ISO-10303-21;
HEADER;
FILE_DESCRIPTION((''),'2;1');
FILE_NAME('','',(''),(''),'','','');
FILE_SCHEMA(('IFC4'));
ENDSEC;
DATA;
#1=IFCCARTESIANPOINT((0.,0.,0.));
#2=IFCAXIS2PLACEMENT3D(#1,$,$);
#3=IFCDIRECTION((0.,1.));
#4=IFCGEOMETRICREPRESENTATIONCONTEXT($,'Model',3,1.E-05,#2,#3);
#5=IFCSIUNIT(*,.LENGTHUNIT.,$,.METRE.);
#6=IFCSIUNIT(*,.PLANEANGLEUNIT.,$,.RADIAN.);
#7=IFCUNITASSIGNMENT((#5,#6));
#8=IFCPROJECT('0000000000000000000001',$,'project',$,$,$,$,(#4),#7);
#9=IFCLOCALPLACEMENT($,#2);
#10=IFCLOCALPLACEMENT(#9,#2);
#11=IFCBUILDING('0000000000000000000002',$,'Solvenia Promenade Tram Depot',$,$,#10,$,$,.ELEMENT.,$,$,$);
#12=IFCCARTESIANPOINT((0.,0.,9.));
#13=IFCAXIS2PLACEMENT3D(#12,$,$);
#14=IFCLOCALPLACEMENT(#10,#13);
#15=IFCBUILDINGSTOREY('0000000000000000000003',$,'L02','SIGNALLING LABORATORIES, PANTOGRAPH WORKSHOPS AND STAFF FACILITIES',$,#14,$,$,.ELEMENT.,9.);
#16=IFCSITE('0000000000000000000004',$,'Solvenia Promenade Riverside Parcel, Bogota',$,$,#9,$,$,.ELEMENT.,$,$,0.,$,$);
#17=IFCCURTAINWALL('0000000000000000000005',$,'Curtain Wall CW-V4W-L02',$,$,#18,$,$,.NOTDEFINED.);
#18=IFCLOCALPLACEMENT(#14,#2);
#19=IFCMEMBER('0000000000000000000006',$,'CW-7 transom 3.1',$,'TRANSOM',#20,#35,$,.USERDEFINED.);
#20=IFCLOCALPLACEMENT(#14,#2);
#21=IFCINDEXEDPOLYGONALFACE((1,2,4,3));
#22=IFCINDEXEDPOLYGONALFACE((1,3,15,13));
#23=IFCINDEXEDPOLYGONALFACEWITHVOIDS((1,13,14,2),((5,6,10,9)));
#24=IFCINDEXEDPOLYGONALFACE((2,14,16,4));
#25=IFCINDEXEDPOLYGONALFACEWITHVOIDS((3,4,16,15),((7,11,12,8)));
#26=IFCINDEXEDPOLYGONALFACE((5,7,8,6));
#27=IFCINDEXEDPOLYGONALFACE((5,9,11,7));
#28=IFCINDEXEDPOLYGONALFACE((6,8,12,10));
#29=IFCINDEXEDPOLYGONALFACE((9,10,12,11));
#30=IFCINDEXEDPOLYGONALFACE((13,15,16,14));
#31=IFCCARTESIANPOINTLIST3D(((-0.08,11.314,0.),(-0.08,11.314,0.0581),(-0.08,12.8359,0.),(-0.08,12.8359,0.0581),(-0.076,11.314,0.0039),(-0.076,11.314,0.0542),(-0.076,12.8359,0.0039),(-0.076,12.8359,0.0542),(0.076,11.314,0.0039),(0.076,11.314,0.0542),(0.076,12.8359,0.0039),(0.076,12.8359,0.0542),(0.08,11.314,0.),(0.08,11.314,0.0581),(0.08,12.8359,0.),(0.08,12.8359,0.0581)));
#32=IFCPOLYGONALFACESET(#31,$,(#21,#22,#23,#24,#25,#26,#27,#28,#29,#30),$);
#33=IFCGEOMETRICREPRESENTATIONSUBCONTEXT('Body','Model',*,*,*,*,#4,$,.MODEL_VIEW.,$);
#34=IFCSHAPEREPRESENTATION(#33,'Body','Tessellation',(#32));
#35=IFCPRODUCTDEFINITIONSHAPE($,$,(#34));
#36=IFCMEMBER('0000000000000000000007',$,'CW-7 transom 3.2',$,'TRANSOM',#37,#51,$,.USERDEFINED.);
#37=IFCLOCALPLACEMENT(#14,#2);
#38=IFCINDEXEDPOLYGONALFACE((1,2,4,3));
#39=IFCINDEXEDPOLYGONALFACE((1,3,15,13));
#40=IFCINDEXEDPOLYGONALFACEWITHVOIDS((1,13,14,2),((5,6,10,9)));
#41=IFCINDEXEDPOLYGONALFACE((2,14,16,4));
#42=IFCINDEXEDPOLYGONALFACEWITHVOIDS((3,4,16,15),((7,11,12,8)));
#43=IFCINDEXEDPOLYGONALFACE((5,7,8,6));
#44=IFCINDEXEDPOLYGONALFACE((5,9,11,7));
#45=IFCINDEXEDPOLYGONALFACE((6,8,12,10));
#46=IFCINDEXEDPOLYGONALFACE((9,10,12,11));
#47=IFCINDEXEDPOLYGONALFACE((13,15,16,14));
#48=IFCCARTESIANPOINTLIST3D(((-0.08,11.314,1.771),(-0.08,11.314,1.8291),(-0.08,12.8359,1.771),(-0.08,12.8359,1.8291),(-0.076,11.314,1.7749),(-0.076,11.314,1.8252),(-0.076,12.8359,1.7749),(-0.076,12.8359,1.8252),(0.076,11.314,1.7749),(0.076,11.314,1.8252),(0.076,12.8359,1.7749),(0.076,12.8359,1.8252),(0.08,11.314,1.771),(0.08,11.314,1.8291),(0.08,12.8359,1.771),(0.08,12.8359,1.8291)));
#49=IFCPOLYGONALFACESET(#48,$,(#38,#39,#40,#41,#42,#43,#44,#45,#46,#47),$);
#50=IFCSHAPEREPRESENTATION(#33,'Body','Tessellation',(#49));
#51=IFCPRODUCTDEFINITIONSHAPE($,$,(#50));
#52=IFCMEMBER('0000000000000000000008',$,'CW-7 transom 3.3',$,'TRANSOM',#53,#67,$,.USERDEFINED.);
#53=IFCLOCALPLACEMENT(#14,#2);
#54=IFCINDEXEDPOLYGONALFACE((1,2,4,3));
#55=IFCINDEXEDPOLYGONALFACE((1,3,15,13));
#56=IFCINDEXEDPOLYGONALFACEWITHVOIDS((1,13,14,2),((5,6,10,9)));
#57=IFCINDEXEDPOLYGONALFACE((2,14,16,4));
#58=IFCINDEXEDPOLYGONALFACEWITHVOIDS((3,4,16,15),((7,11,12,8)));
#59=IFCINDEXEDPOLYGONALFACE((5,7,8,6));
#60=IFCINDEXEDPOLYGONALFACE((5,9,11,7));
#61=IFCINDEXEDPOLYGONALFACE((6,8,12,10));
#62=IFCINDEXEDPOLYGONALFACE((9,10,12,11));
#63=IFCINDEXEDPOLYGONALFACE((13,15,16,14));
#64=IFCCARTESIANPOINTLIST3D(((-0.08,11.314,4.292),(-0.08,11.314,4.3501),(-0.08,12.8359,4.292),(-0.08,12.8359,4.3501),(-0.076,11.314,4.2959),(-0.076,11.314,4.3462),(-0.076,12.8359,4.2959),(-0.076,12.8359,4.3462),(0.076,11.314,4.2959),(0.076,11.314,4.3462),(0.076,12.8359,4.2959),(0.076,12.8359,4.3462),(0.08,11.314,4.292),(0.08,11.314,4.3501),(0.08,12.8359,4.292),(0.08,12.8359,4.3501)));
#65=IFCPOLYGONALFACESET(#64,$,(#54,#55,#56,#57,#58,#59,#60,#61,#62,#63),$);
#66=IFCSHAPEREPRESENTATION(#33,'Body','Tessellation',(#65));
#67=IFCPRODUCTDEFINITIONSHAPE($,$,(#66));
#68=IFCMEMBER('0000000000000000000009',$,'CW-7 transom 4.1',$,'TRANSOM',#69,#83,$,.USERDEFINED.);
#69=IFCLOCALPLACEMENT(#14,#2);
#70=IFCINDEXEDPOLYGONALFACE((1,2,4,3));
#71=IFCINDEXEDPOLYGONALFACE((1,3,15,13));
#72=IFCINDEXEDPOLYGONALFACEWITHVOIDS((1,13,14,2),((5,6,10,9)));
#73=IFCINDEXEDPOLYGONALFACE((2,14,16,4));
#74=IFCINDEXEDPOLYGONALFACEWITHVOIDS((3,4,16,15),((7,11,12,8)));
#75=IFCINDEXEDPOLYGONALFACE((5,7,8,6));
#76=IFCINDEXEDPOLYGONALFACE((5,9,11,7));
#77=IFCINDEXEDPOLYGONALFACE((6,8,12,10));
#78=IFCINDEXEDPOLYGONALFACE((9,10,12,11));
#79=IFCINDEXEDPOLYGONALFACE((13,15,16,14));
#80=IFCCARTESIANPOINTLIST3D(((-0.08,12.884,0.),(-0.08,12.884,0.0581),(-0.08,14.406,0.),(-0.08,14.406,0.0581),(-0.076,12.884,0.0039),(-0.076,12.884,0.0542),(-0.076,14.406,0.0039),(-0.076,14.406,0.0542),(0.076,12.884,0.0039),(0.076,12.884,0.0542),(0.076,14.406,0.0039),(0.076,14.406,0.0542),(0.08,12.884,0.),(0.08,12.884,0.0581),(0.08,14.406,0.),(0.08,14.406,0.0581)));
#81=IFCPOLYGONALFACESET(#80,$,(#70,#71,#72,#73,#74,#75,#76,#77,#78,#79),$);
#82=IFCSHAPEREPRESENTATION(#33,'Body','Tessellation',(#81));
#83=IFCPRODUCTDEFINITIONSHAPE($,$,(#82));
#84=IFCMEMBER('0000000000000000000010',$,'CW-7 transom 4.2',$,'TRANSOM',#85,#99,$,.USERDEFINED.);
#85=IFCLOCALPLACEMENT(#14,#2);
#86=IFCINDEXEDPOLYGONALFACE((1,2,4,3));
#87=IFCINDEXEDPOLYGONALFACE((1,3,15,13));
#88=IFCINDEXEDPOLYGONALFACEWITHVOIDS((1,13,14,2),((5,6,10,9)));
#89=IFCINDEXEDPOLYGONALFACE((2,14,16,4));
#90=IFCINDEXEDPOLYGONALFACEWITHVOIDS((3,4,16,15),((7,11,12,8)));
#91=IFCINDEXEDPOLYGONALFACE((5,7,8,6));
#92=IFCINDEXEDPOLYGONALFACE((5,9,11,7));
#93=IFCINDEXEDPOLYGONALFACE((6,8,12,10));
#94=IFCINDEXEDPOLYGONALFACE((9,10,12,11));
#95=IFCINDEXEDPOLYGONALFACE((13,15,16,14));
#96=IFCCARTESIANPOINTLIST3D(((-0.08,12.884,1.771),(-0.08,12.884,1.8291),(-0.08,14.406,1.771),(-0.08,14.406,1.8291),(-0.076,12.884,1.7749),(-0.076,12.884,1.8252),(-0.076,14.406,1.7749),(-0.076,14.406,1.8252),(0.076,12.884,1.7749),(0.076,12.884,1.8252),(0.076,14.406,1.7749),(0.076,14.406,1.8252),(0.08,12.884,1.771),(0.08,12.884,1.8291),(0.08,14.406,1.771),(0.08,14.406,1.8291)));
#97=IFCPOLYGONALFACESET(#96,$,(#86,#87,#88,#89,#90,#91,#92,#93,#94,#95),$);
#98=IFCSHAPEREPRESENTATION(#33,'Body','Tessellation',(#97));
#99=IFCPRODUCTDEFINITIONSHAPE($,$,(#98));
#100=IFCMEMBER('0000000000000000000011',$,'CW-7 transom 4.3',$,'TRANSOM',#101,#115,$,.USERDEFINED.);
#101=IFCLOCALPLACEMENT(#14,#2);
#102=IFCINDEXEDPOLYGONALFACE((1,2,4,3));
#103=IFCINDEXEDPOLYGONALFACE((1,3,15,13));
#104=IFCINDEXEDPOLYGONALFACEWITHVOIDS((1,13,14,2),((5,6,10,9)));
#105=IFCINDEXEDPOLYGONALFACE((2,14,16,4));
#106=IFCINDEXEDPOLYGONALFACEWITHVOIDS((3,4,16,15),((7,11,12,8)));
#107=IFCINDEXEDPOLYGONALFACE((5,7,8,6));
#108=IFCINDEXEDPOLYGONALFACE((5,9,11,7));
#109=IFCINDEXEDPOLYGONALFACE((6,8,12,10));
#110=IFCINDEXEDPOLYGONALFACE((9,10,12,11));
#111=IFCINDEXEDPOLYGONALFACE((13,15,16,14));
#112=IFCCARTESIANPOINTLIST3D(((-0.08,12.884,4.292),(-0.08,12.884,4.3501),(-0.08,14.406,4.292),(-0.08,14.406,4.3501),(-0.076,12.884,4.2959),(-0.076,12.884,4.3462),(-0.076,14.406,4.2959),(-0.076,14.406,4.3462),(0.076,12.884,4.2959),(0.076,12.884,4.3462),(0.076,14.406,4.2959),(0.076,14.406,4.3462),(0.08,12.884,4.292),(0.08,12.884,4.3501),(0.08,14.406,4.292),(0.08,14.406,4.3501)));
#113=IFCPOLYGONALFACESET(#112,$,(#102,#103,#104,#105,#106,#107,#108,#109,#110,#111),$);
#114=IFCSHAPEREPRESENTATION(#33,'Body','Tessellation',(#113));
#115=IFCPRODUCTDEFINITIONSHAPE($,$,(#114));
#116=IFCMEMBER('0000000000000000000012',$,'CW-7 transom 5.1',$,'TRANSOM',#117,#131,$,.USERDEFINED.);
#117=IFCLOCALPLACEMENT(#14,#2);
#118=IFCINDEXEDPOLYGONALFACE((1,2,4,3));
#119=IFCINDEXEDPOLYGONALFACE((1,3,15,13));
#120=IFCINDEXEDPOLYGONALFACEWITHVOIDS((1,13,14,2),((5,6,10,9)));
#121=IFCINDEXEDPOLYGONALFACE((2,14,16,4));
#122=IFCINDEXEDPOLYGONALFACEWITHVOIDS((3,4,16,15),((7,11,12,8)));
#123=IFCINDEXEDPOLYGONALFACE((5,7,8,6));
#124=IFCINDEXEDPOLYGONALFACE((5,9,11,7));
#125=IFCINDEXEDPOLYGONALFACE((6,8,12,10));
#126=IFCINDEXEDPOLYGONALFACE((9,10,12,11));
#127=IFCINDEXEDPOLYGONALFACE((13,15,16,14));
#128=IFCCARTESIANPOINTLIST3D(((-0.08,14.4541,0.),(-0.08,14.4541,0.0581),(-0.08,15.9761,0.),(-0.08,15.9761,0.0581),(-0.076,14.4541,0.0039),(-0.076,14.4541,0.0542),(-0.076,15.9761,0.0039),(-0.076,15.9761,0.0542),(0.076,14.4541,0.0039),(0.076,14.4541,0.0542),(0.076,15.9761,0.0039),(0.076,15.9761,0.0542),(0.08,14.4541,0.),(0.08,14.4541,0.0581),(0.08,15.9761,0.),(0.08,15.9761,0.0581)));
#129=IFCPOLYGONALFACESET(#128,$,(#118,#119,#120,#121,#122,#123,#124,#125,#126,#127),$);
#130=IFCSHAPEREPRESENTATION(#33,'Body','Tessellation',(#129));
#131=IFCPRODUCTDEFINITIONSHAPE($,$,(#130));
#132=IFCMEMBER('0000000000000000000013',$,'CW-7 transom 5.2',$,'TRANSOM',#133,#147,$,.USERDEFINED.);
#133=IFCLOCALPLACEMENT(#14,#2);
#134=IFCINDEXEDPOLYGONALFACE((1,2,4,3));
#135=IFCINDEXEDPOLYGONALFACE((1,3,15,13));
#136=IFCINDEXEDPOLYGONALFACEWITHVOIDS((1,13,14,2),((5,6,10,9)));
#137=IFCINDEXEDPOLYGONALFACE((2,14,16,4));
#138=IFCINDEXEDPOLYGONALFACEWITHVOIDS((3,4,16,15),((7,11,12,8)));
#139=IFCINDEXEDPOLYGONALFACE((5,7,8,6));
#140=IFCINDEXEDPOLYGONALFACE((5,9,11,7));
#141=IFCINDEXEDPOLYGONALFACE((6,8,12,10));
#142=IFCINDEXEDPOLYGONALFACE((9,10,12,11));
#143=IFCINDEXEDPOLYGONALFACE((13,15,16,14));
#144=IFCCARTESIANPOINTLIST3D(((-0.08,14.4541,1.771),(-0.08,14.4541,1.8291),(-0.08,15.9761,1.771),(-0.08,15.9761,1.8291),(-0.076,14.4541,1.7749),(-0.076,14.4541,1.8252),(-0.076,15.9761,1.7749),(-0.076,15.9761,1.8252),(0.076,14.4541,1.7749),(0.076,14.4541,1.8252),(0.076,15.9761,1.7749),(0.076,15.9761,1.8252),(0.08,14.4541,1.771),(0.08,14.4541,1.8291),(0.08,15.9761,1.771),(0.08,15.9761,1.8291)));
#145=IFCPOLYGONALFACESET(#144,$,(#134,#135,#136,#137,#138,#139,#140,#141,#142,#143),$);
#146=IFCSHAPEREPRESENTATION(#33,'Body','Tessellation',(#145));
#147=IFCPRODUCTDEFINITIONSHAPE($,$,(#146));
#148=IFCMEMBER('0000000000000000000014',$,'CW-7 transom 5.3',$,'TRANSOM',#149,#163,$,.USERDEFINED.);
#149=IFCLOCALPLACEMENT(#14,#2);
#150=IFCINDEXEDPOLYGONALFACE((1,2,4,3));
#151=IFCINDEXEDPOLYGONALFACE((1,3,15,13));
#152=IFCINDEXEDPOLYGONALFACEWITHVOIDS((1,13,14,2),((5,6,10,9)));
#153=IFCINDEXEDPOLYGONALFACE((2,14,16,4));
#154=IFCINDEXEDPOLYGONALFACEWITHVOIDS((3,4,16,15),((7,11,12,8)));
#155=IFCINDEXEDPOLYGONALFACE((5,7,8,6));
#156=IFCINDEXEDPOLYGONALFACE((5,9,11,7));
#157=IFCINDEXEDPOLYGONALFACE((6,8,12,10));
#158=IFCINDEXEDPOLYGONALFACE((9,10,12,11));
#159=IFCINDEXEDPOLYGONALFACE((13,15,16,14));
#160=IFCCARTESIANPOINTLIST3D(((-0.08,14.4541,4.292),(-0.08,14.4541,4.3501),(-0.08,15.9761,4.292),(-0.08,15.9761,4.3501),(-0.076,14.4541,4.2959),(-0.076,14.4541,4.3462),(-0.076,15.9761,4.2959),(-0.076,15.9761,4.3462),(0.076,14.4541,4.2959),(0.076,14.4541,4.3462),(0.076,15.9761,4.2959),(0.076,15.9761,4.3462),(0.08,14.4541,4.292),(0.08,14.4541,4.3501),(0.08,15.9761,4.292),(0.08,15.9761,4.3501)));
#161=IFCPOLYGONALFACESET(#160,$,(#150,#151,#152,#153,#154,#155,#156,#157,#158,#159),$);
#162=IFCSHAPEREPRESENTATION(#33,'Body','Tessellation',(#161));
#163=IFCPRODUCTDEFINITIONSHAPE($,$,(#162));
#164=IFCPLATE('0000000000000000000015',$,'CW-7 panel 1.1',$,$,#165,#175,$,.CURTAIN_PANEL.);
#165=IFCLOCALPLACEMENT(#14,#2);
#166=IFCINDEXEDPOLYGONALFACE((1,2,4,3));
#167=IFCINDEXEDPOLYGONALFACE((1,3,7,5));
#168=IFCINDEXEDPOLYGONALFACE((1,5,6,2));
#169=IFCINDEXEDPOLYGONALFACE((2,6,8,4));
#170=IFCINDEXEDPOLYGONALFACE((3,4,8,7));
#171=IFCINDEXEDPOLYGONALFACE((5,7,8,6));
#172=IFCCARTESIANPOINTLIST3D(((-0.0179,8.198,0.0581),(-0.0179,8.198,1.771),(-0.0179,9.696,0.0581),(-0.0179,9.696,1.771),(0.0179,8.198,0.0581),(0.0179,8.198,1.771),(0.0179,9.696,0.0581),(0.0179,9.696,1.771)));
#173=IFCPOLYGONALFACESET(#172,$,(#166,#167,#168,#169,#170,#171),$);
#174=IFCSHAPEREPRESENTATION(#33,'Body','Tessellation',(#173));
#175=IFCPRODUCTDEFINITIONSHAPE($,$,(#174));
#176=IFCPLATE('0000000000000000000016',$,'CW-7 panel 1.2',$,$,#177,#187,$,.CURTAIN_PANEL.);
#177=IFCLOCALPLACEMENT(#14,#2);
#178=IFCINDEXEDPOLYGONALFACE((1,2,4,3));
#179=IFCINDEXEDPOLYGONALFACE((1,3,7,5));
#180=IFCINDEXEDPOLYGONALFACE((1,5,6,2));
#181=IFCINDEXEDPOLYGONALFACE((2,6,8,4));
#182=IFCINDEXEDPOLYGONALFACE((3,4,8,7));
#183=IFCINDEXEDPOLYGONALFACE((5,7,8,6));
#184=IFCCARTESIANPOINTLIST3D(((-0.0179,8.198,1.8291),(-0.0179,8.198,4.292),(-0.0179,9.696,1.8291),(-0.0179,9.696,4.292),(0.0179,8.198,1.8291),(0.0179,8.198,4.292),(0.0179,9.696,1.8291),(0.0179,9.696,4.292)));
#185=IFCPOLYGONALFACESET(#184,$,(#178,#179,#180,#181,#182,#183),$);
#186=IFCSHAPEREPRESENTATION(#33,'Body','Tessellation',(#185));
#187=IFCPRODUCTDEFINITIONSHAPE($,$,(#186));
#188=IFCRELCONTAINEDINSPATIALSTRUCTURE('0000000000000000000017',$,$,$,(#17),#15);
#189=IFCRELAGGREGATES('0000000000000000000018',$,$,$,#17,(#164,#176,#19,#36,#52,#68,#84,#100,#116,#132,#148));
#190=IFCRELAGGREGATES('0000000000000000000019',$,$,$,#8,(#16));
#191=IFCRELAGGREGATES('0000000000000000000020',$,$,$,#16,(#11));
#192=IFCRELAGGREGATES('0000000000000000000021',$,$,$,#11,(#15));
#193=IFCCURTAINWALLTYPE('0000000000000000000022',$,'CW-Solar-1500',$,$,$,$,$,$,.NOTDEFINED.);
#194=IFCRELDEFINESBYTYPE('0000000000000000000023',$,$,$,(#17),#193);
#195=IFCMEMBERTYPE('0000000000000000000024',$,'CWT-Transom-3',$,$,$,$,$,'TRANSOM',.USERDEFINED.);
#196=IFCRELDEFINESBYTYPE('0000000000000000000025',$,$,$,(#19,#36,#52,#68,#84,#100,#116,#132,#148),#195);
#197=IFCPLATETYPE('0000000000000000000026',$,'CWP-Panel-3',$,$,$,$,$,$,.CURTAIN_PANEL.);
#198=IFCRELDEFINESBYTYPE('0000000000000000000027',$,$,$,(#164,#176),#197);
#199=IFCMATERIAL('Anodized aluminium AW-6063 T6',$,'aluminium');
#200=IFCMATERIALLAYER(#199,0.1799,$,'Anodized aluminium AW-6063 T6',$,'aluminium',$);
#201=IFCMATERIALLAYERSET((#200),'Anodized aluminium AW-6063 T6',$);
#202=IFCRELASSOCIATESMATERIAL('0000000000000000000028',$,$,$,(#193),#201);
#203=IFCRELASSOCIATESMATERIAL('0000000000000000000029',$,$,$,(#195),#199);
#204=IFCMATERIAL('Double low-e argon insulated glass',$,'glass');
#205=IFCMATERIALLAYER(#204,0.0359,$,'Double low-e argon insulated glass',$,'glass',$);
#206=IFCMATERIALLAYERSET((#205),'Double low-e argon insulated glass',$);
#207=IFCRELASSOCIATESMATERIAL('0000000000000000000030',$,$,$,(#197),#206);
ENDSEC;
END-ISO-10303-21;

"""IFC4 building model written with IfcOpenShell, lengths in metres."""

from ifc_helpers import new_model, si_unit, direction, frame, origin, origin_2d, place, context, subcontext, project, spatial, rectangle, hollow_rectangle, extrude, material, layer, layer_set, material_profile, profile_set, type_object, element, aggregate, save


model = new_model("IFC4")

# Units and contexts
model_context = context("Model", 3, precision=1e-05, world=origin(), true_north=direction((0.0, 1.0)))
body_context = subcontext(model_context, "Body", "Model", "MODEL_VIEW")
ifc_project = project(units=[si_unit("LENGTHUNIT", "METRE"), si_unit("PLANEANGLEUNIT", "RADIAN")], contexts=[model_context])

# Site, building, storey
site_placement = place(None, origin())
site = spatial("IfcSite", under=ifc_project, at=site_placement, Name="Solvenia Promenade Riverside Parcel, Bogota", CompositionType="ELEMENT", RefElevation=0.0)
building_placement = place(site_placement, origin())
building = spatial("IfcBuilding", under=site, at=building_placement, Name="Solvenia Promenade Tram Depot", CompositionType="ELEMENT")
storey_placement = place(building_placement, frame((0.0, 0.0, 9.0)))
storey = spatial("IfcBuildingStorey", under=building, at=storey_placement, Name="L02", Description="SIGNALLING LABORATORIES, PANTOGRAPH WORKSHOPS AND STAFF FACILITIES", CompositionType="ELEMENT", Elevation=9.0)

# Curtain wall, members, plates
ifc_material_1 = material(Name="Anodized aluminium AW-6063 T6", Category="aluminium")
ifc_layer_1 = layer(ifc_material_1, 0.1799, Name="Anodized aluminium AW-6063 T6", Category="aluminium")
ifc_layer_set_1 = layer_set([ifc_layer_1], Name="Anodized aluminium AW-6063 T6")
curtain_wall_type = type_object("IfcCurtainWallType", Name="CW-Solar-1500", PredefinedType="NOTDEFINED", material=ifc_layer_set_1)
curtain_wall_placement = place(storey_placement, origin())
curtain_wall = element("IfcCurtainWall", 1, at=curtain_wall_placement, inside=storey, type_object=curtain_wall_type, Name="Curtain Wall CW-V4W-L02", PredefinedType="NOTDEFINED")
ifc_material_profile_1 = material_profile(ifc_material_1, hollow_rectangle(XDim=0.1599, YDim=0.0581, WallThickness=0.0039, at=origin_2d()), Name="ALU-T3", Category="aluminium")
ifc_profile_set_1 = profile_set([ifc_material_profile_1], Name="Anodized aluminium AW-6063 T6")
member_type_1 = type_object("IfcMemberType", Name="CWT-Transom-3", ElementType="TRANSOM", PredefinedType="USERDEFINED", material=ifc_profile_set_1)
member_1_placement = place(storey_placement, frame((0.0, 11.314, 0.0291), z_axis=(0.0, 1.0, 0.0), x_axis=(-1.0, 0.0, 0.0)))
member_1 = element("IfcMember", 2, at=member_1_placement, type_object=member_type_1, Name="CW-7 transom 3.1", ObjectType="TRANSOM", PredefinedType="USERDEFINED", context=body_context, shape_type="SweptSolid", body=[
    extrude(hollow_rectangle(XDim=0.1599, YDim=0.0581, WallThickness=0.0039, at=origin_2d()), origin(), (0.0, 0.0, 1.0), 1.522),
])
member_2_placement = place(storey_placement, frame((0.0, 11.314, 1.8), z_axis=(0.0, 1.0, 0.0), x_axis=(-1.0, 0.0, 0.0)))
member_2 = element("IfcMember", 3, at=member_2_placement, type_object=member_type_1, Name="CW-7 transom 3.2", ObjectType="TRANSOM", PredefinedType="USERDEFINED", context=body_context, shape_type="SweptSolid", body=[
    extrude(hollow_rectangle(XDim=0.1599, YDim=0.0581, WallThickness=0.0039, at=origin_2d()), origin(), (0.0, 0.0, 1.0), 1.522),
])
member_3_placement = place(storey_placement, frame((0.0, 11.314, 4.321), z_axis=(0.0, 1.0, 0.0), x_axis=(-1.0, 0.0, 0.0)))
member_3 = element("IfcMember", 4, at=member_3_placement, type_object=member_type_1, Name="CW-7 transom 3.3", ObjectType="TRANSOM", PredefinedType="USERDEFINED", context=body_context, shape_type="SweptSolid", body=[
    extrude(hollow_rectangle(XDim=0.1599, YDim=0.0581, WallThickness=0.0039, at=origin_2d()), origin(), (0.0, 0.0, 1.0), 1.522),
])
member_4_placement = place(storey_placement, frame((0.0, 12.884, 0.0291), z_axis=(0.0, 1.0, 0.0), x_axis=(-1.0, 0.0, 0.0)))
member_4 = element("IfcMember", 5, at=member_4_placement, type_object=member_type_1, Name="CW-7 transom 4.1", ObjectType="TRANSOM", PredefinedType="USERDEFINED", context=body_context, shape_type="SweptSolid", body=[
    extrude(hollow_rectangle(XDim=0.1599, YDim=0.0581, WallThickness=0.0039, at=origin_2d()), origin(), (0.0, 0.0, 1.0), 1.522),
])
member_5_placement = place(storey_placement, frame((0.0, 12.884, 1.8), z_axis=(0.0, 1.0, 0.0), x_axis=(-1.0, 0.0, 0.0)))
member_5 = element("IfcMember", 6, at=member_5_placement, type_object=member_type_1, Name="CW-7 transom 4.2", ObjectType="TRANSOM", PredefinedType="USERDEFINED", context=body_context, shape_type="SweptSolid", body=[
    extrude(hollow_rectangle(XDim=0.1599, YDim=0.0581, WallThickness=0.0039, at=origin_2d()), origin(), (0.0, 0.0, 1.0), 1.522),
])
member_6_placement = place(storey_placement, frame((0.0, 12.884, 4.321), z_axis=(0.0, 1.0, 0.0), x_axis=(-1.0, 0.0, 0.0)))
member_6 = element("IfcMember", 7, at=member_6_placement, type_object=member_type_1, Name="CW-7 transom 4.3", ObjectType="TRANSOM", PredefinedType="USERDEFINED", context=body_context, shape_type="SweptSolid", body=[
    extrude(hollow_rectangle(XDim=0.1599, YDim=0.0581, WallThickness=0.0039, at=origin_2d()), origin(), (0.0, 0.0, 1.0), 1.522),
])
member_7_placement = place(storey_placement, frame((0.0, 14.4541, 0.0291), z_axis=(0.0, 1.0, 0.0), x_axis=(-1.0, 0.0, 0.0)))
member_7 = element("IfcMember", 8, at=member_7_placement, type_object=member_type_1, Name="CW-7 transom 5.1", ObjectType="TRANSOM", PredefinedType="USERDEFINED", context=body_context, shape_type="SweptSolid", body=[
    extrude(hollow_rectangle(XDim=0.1599, YDim=0.0581, WallThickness=0.0039, at=origin_2d()), origin(), (0.0, 0.0, 1.0), 1.522),
])
member_8_placement = place(storey_placement, frame((0.0, 14.4541, 1.8), z_axis=(0.0, 1.0, 0.0), x_axis=(-1.0, 0.0, 0.0)))
member_8 = element("IfcMember", 9, at=member_8_placement, type_object=member_type_1, Name="CW-7 transom 5.2", ObjectType="TRANSOM", PredefinedType="USERDEFINED", context=body_context, shape_type="SweptSolid", body=[
    extrude(hollow_rectangle(XDim=0.1599, YDim=0.0581, WallThickness=0.0039, at=origin_2d()), origin(), (0.0, 0.0, 1.0), 1.522),
])
member_9_placement = place(storey_placement, frame((0.0, 14.4541, 4.321), z_axis=(0.0, 1.0, 0.0), x_axis=(-1.0, 0.0, 0.0)))
member_9 = element("IfcMember", 10, at=member_9_placement, type_object=member_type_1, Name="CW-7 transom 5.3", ObjectType="TRANSOM", PredefinedType="USERDEFINED", context=body_context, shape_type="SweptSolid", body=[
    extrude(hollow_rectangle(XDim=0.1599, YDim=0.0581, WallThickness=0.0039, at=origin_2d()), origin(), (0.0, 0.0, 1.0), 1.522),
])
ifc_material_2 = material(Name="Double low-e argon insulated glass", Category="glass")
ifc_layer_2 = layer(ifc_material_2, 0.0359, Name="Double low-e argon insulated glass", Category="glass")
ifc_layer_set_2 = layer_set([ifc_layer_2], Name="Double low-e argon insulated glass")
plate_type = type_object("IfcPlateType", Name="CWP-Panel-3", PredefinedType="CURTAIN_PANEL", material=ifc_layer_set_2)
plate_1_placement = place(storey_placement, frame((0.0, 8.947, 0.0581), z_axis=(0.0, 0.0, 1.0), x_axis=(0.0, 1.0, 0.0)))
plate_1 = element("IfcPlate", 11, at=plate_1_placement, type_object=plate_type, Name="CW-7 panel 1.1", PredefinedType="CURTAIN_PANEL", context=body_context, shape_type="SweptSolid", body=[
    extrude(rectangle(XDim=1.498, YDim=0.0359, at=origin_2d()), origin(), (0.0, 0.0, 1.0), 1.7129),
])
plate_2_placement = place(storey_placement, frame((0.0, 8.947, 1.8291), z_axis=(0.0, 0.0, 1.0), x_axis=(0.0, 1.0, 0.0)))
plate_2 = element("IfcPlate", 12, at=plate_2_placement, type_object=plate_type, Name="CW-7 panel 1.2", PredefinedType="CURTAIN_PANEL", context=body_context, shape_type="SweptSolid", body=[
    extrude(rectangle(XDim=1.498, YDim=0.0359, at=origin_2d()), origin(), (0.0, 0.0, 1.0), 2.4629),
])
aggregate(curtain_wall, [plate_1, plate_2, member_1, member_2, member_3, member_4, member_5, member_6, member_7, member_8, member_9])

save(model, "model.ifc")
